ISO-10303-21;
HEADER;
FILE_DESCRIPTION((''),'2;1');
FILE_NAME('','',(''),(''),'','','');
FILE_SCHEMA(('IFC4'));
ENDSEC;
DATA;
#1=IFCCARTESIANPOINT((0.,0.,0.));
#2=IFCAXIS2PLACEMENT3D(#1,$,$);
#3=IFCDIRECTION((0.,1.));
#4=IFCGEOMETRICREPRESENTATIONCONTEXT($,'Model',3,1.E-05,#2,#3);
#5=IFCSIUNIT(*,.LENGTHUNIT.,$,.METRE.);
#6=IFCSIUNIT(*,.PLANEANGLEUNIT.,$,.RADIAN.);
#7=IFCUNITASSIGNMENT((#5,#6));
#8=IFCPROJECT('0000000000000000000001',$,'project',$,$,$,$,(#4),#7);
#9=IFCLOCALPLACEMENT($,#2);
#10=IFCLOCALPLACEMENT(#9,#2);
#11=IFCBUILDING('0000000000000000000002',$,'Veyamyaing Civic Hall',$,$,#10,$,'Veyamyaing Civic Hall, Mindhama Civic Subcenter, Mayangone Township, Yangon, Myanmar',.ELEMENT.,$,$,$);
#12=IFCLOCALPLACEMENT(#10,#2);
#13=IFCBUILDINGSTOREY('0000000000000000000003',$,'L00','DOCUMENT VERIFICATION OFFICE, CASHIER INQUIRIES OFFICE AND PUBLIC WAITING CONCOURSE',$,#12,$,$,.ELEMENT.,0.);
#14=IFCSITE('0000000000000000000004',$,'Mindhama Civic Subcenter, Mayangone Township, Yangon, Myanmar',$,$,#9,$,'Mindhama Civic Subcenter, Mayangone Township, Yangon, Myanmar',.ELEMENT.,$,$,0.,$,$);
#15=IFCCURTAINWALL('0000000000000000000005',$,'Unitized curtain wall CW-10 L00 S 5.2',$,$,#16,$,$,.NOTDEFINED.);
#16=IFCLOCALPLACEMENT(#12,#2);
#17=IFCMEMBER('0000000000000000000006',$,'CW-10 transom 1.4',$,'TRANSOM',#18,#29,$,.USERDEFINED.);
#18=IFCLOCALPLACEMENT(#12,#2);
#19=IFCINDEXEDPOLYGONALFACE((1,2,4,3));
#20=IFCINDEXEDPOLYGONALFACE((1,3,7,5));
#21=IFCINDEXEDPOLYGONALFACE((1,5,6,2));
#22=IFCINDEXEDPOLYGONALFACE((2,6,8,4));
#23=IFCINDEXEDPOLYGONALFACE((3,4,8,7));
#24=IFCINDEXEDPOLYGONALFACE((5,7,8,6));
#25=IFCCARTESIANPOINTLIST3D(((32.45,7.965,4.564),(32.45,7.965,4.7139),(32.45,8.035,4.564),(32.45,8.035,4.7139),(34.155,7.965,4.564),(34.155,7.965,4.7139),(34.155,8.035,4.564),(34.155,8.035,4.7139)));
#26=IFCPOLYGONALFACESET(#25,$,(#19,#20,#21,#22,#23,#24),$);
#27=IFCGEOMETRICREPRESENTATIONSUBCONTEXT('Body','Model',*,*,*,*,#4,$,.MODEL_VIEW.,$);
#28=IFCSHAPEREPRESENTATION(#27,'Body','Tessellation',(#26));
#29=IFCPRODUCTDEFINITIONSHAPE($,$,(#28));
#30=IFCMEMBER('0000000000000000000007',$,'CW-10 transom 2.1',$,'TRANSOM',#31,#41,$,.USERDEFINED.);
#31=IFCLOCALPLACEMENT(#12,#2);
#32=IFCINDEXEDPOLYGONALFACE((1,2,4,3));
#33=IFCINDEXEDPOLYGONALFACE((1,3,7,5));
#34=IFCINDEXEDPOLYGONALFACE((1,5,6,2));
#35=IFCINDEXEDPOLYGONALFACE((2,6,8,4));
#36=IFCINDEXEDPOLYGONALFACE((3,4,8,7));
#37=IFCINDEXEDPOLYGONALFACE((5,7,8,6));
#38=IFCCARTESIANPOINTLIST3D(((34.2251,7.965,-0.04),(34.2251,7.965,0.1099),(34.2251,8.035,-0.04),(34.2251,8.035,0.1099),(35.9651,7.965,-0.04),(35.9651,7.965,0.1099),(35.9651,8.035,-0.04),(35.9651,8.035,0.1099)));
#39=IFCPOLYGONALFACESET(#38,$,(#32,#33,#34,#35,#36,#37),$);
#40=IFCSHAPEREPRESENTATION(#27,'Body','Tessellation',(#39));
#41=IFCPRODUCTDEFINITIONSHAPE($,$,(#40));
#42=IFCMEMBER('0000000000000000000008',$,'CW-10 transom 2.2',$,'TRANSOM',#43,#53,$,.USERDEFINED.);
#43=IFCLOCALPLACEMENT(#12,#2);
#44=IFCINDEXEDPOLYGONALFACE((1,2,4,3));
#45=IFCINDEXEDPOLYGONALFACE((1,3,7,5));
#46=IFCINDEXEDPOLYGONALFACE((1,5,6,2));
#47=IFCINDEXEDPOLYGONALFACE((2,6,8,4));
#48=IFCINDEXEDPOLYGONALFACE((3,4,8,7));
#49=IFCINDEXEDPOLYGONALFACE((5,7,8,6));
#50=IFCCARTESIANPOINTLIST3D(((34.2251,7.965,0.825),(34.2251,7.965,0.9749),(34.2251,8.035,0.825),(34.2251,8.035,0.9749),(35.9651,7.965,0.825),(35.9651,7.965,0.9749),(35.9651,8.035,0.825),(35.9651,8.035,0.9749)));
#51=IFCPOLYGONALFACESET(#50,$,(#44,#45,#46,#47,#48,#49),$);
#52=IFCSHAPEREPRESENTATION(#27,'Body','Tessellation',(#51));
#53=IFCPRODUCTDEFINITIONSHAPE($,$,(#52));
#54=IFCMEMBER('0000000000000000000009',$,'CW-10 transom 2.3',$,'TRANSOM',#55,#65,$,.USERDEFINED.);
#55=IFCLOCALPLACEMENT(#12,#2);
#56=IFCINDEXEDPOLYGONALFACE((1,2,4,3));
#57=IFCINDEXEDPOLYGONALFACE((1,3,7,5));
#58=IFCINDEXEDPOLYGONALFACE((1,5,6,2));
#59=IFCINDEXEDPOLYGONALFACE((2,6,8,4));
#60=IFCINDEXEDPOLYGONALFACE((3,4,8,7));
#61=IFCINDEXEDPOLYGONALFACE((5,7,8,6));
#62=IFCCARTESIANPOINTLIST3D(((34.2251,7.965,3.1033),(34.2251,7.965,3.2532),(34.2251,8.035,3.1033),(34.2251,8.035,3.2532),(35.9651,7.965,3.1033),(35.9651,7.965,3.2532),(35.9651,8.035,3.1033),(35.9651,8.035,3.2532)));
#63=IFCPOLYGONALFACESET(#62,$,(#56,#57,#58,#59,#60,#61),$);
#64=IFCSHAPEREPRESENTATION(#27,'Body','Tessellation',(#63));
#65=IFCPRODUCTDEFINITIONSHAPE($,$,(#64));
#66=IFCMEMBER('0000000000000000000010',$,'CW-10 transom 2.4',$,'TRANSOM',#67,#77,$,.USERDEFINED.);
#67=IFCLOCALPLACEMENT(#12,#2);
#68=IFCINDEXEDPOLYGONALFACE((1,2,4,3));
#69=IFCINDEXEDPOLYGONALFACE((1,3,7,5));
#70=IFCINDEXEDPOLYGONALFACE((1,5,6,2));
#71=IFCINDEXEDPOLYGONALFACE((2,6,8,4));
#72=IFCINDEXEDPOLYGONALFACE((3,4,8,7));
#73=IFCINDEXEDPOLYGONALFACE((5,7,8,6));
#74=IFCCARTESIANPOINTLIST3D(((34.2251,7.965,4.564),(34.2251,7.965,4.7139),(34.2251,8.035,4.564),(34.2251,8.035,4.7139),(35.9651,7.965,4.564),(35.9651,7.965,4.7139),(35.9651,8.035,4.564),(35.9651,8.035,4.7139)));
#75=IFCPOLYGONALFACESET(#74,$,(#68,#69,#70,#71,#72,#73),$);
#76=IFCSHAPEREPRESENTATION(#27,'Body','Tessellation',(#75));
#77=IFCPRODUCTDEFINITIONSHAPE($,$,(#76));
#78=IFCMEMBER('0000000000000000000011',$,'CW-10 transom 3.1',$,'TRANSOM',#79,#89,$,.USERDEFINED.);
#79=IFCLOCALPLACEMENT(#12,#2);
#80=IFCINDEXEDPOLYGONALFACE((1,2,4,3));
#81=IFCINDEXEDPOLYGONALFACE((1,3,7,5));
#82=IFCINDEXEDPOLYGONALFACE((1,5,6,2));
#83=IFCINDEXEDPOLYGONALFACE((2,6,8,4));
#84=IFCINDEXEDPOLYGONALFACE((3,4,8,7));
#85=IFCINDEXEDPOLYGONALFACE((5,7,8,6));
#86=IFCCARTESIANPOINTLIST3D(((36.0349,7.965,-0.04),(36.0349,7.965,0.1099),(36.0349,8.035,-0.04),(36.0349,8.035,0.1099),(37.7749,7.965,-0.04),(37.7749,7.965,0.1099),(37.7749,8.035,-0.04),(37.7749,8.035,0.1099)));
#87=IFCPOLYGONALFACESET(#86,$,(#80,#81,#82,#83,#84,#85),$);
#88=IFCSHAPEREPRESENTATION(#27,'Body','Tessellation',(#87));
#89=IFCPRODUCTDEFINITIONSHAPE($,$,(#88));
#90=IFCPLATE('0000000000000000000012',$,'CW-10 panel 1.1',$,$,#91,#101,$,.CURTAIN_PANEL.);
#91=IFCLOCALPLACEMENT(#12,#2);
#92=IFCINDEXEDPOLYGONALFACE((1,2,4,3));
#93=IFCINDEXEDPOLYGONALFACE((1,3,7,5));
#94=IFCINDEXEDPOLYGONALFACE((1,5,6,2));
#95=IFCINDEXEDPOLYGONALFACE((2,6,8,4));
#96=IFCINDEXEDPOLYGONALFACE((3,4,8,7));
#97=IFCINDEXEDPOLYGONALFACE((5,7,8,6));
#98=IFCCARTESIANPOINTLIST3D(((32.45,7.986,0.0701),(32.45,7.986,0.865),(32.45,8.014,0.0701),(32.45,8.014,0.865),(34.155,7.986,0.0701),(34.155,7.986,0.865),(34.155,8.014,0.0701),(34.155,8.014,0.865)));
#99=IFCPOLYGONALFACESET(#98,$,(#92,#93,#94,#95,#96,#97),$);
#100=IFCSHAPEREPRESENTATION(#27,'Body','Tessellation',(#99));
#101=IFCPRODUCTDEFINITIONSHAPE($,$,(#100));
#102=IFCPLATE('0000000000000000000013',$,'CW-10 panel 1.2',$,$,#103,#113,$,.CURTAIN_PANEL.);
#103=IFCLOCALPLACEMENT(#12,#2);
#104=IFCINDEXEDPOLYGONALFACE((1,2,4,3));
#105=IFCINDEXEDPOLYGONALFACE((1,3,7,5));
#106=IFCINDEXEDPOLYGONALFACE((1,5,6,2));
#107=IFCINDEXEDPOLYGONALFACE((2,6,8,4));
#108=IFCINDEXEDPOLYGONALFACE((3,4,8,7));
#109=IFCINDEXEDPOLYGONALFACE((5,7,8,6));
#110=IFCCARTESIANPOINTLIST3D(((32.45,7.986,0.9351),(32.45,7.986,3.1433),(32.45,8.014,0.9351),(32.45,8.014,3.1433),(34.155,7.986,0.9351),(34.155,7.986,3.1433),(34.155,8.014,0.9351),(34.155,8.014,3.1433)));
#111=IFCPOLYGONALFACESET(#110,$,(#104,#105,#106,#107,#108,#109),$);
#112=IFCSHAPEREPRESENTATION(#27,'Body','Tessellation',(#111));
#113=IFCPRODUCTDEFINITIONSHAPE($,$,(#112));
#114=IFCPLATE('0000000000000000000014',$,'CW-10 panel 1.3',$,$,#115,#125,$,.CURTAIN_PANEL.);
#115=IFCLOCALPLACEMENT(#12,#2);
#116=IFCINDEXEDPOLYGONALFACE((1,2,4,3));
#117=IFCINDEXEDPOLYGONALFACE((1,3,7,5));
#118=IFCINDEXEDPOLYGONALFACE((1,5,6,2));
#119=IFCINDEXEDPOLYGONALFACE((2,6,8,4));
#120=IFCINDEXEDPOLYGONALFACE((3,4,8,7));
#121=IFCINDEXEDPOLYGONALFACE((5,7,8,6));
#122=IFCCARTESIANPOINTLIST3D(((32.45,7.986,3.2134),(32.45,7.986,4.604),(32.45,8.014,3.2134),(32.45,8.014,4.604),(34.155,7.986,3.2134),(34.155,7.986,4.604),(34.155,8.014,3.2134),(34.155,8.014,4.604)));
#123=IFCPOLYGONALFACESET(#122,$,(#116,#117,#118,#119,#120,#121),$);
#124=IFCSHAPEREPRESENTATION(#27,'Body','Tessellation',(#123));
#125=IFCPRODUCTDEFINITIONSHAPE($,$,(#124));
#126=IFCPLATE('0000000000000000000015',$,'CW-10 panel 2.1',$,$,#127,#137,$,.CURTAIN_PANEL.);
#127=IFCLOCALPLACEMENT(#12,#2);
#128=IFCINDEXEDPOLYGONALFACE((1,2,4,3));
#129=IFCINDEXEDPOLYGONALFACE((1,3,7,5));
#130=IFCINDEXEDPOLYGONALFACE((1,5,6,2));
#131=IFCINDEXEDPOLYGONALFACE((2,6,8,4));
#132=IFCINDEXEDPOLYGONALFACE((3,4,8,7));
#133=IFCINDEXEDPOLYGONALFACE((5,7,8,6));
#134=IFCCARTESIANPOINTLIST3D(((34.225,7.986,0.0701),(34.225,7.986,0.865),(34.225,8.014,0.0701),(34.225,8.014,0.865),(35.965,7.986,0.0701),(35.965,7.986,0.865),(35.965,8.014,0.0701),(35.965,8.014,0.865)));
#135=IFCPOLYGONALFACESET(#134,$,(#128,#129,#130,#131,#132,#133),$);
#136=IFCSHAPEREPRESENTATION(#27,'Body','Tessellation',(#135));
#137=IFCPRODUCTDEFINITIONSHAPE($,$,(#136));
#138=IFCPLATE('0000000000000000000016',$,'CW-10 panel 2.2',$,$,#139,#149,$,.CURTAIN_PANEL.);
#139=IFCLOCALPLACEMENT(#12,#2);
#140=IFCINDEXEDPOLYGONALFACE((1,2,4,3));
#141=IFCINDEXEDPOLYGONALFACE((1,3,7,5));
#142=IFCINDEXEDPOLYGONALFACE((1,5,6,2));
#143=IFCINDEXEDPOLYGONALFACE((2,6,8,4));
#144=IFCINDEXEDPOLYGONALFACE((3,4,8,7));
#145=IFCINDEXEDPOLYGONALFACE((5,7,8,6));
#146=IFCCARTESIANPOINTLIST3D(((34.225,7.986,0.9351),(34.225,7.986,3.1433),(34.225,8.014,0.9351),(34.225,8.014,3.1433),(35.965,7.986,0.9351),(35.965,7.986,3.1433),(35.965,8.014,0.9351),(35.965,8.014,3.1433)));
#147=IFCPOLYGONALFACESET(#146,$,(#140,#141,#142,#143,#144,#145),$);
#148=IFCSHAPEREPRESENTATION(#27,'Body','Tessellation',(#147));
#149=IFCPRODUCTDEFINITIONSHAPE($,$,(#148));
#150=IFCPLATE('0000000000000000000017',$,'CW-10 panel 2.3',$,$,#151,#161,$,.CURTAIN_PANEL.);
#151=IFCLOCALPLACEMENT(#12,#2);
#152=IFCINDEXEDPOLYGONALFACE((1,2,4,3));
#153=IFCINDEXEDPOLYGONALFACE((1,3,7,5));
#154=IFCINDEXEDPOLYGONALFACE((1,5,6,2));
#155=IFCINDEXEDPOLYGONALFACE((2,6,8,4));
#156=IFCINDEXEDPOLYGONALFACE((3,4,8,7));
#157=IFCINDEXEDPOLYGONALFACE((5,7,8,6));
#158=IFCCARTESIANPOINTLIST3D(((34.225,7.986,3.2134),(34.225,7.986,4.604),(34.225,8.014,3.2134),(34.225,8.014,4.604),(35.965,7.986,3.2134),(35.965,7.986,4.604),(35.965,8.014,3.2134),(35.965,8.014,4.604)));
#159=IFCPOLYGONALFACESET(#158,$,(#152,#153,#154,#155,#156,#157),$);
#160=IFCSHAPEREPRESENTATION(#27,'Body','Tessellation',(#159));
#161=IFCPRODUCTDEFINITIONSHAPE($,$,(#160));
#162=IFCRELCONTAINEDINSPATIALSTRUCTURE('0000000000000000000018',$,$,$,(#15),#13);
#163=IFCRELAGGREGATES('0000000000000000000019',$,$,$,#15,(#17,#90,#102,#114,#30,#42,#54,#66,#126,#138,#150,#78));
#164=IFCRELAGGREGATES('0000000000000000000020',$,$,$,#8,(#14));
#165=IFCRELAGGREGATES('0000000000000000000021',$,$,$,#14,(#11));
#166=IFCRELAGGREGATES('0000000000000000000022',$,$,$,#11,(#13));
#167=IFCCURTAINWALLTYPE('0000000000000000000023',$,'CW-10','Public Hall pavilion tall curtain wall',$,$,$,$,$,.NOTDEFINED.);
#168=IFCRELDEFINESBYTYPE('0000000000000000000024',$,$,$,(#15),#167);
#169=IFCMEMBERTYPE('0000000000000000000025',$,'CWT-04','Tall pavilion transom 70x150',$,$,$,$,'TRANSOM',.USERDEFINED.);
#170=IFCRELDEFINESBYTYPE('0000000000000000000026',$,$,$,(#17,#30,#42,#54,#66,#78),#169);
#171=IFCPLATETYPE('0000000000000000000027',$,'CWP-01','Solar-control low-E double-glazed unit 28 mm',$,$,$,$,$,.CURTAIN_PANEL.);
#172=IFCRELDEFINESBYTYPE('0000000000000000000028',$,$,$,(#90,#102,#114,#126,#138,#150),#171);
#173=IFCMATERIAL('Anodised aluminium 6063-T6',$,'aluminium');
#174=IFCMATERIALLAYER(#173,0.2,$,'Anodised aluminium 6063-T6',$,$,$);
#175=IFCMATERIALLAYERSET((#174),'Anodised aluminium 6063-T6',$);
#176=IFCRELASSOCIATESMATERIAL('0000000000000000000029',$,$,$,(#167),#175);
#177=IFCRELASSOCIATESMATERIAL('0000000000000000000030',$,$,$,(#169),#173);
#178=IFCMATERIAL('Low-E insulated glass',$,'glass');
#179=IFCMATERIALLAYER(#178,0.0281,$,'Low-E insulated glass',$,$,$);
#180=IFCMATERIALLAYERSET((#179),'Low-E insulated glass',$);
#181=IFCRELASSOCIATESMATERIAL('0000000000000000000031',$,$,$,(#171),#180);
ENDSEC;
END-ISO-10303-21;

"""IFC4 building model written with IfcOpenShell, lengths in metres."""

from ifc_helpers import new_model, si_unit, direction, frame, origin, origin_2d, place, context, subcontext, project, spatial, rectangle, extrude, material, layer, layer_set, material_profile, profile_set, type_object, element, aggregate, save


model = new_model("IFC4")

# Units and contexts
model_context = context("Model", 3, precision=1e-05, world=origin(), true_north=direction((0.0, 1.0)))
body_context = subcontext(model_context, "Body", "Model", "MODEL_VIEW")
ifc_project = project(units=[si_unit("LENGTHUNIT", "METRE"), si_unit("PLANEANGLEUNIT", "RADIAN")], contexts=[model_context])

# Site, building, storey
site_placement = place(None, origin())
site = spatial("IfcSite", under=ifc_project, at=site_placement, Name="Mindhama Civic Subcenter, Mayangone Township, Yangon, Myanmar", LongName="Mindhama Civic Subcenter, Mayangone Township, Yangon, Myanmar", CompositionType="ELEMENT", RefElevation=0.0)
building_placement = place(site_placement, origin())
building = spatial("IfcBuilding", under=site, at=building_placement, Name="Veyamyaing Civic Hall", LongName="Veyamyaing Civic Hall, Mindhama Civic Subcenter, Mayangone Township, Yangon, Myanmar", CompositionType="ELEMENT")
storey_placement = place(building_placement, origin())
storey = spatial("IfcBuildingStorey", under=building, at=storey_placement, Name="L00", Description="DOCUMENT VERIFICATION OFFICE, CASHIER INQUIRIES OFFICE AND PUBLIC WAITING CONCOURSE", CompositionType="ELEMENT", Elevation=0.0)

# Curtain wall, members, plates
ifc_material_1 = material(Name="Anodised aluminium 6063-T6", Category="aluminium")
ifc_layer_1 = layer(ifc_material_1, 0.2, Name="Anodised aluminium 6063-T6")
ifc_layer_set_1 = layer_set([ifc_layer_1], Name="Anodised aluminium 6063-T6")
curtain_wall_type = type_object("IfcCurtainWallType", Name="CW-10", Description="Public Hall pavilion tall curtain wall", PredefinedType="NOTDEFINED", material=ifc_layer_set_1)
curtain_wall_placement = place(storey_placement, origin())
curtain_wall = element("IfcCurtainWall", 1, at=curtain_wall_placement, inside=storey, type_object=curtain_wall_type, Name="Unitized curtain wall CW-10 L00 S 5.2", PredefinedType="NOTDEFINED")
ifc_material_profile_1 = material_profile(ifc_material_1, rectangle(XDim=0.0701, YDim=0.1499, at=origin_2d()), Name="ALU-TRN-70X150")
ifc_profile_set_1 = profile_set([ifc_material_profile_1], Name="Anodised aluminium 6063-T6")
member_type_1 = type_object("IfcMemberType", Name="CWT-04", Description="Tall pavilion transom 70x150", ElementType="TRANSOM", PredefinedType="USERDEFINED", material=ifc_profile_set_1)
member_1_placement = place(storey_placement, frame((32.45, 8.0, 4.6389), z_axis=(1.0, 0.0, 0.0), x_axis=(0.0, 1.0, 0.0)))
member_1 = element("IfcMember", 2, at=member_1_placement, type_object=member_type_1, Name="CW-10 transom 1.4", ObjectType="TRANSOM", PredefinedType="USERDEFINED", context=body_context, shape_type="SweptSolid", body=[
    extrude(rectangle(XDim=0.0701, YDim=0.1499, at=origin_2d()), origin(), (0.0, 0.0, 1.0), 1.7051),
])
member_2_placement = place(storey_placement, frame((34.2251, 8.0, 0.0349), z_axis=(1.0, 0.0, 0.0), x_axis=(0.0, 1.0, 0.0)))
member_2 = element("IfcMember", 3, at=member_2_placement, type_object=member_type_1, Name="CW-10 transom 2.1", ObjectType="TRANSOM", PredefinedType="USERDEFINED", context=body_context, shape_type="SweptSolid", body=[
    extrude(rectangle(XDim=0.0701, YDim=0.1499, at=origin_2d()), origin(), (0.0, 0.0, 1.0), 1.74),
])
member_3_placement = place(storey_placement, frame((34.2251, 8.0, 0.8999), z_axis=(1.0, 0.0, 0.0), x_axis=(0.0, 1.0, 0.0)))
member_3 = element("IfcMember", 4, at=member_3_placement, type_object=member_type_1, Name="CW-10 transom 2.2", ObjectType="TRANSOM", PredefinedType="USERDEFINED", context=body_context, shape_type="SweptSolid", body=[
    extrude(rectangle(XDim=0.0701, YDim=0.1499, at=origin_2d()), origin(), (0.0, 0.0, 1.0), 1.74),
])
member_4_placement = place(storey_placement, frame((34.2251, 8.0, 3.1782), z_axis=(1.0, 0.0, 0.0), x_axis=(0.0, 1.0, 0.0)))
member_4 = element("IfcMember", 5, at=member_4_placement, type_object=member_type_1, Name="CW-10 transom 2.3", ObjectType="TRANSOM", PredefinedType="USERDEFINED", context=body_context, shape_type="SweptSolid", body=[
    extrude(rectangle(XDim=0.0701, YDim=0.1499, at=origin_2d()), origin(), (0.0, 0.0, 1.0), 1.74),
])
member_5_placement = place(storey_placement, frame((34.2251, 8.0, 4.6389), z_axis=(1.0, 0.0, 0.0), x_axis=(0.0, 1.0, 0.0)))
member_5 = element("IfcMember", 6, at=member_5_placement, type_object=member_type_1, Name="CW-10 transom 2.4", ObjectType="TRANSOM", PredefinedType="USERDEFINED", context=body_context, shape_type="SweptSolid", body=[
    extrude(rectangle(XDim=0.0701, YDim=0.1499, at=origin_2d()), origin(), (0.0, 0.0, 1.0), 1.74),
])
member_6_placement = place(storey_placement, frame((36.0349, 8.0, 0.0349), z_axis=(1.0, 0.0, 0.0), x_axis=(0.0, 1.0, 0.0)))
member_6 = element("IfcMember", 7, at=member_6_placement, type_object=member_type_1, Name="CW-10 transom 3.1", ObjectType="TRANSOM", PredefinedType="USERDEFINED", context=body_context, shape_type="SweptSolid", body=[
    extrude(rectangle(XDim=0.0701, YDim=0.1499, at=origin_2d()), origin(), (0.0, 0.0, 1.0), 1.74),
])
ifc_material_2 = material(Name="Low-E insulated glass", Category="glass")
ifc_layer_2 = layer(ifc_material_2, 0.0281, Name="Low-E insulated glass")
ifc_layer_set_2 = layer_set([ifc_layer_2], Name="Low-E insulated glass")
plate_type = type_object("IfcPlateType", Name="CWP-01", Description="Solar-control low-E double-glazed unit 28 mm", PredefinedType="CURTAIN_PANEL", material=ifc_layer_set_2)
plate_1_placement = place(storey_placement, frame((33.3025, 8.0, 0.0701), z_axis=(0.0, 0.0, 1.0), x_axis=(1.0, 0.0, 0.0)))
plate_1 = element("IfcPlate", 8, at=plate_1_placement, type_object=plate_type, Name="CW-10 panel 1.1", PredefinedType="CURTAIN_PANEL", context=body_context, shape_type="SweptSolid", body=[
    extrude(rectangle(XDim=1.7051, YDim=0.0281, at=origin_2d()), origin(), (0.0, 0.0, 1.0), 0.7949),
])
plate_2_placement = place(storey_placement, frame((33.3025, 8.0, 0.9351), z_axis=(0.0, 0.0, 1.0), x_axis=(1.0, 0.0, 0.0)))
plate_2 = element("IfcPlate", 9, at=plate_2_placement, type_object=plate_type, Name="CW-10 panel 1.2", PredefinedType="CURTAIN_PANEL", context=body_context, shape_type="SweptSolid", body=[
    extrude(rectangle(XDim=1.7051, YDim=0.0281, at=origin_2d()), origin(), (0.0, 0.0, 1.0), 2.2083),
])
plate_3_placement = place(storey_placement, frame((33.3025, 8.0, 3.2134), z_axis=(0.0, 0.0, 1.0), x_axis=(1.0, 0.0, 0.0)))
plate_3 = element("IfcPlate", 10, at=plate_3_placement, type_object=plate_type, Name="CW-10 panel 1.3", PredefinedType="CURTAIN_PANEL", context=body_context, shape_type="SweptSolid", body=[
    extrude(rectangle(XDim=1.7051, YDim=0.0281, at=origin_2d()), origin(), (0.0, 0.0, 1.0), 1.3906),
])
plate_4_placement = place(storey_placement, frame((35.095, 8.0, 0.0701), z_axis=(0.0, 0.0, 1.0), x_axis=(1.0, 0.0, 0.0)))
plate_4 = element("IfcPlate", 11, at=plate_4_placement, type_object=plate_type, Name="CW-10 panel 2.1", PredefinedType="CURTAIN_PANEL", context=body_context, shape_type="SweptSolid", body=[
    extrude(rectangle(XDim=1.74, YDim=0.0281, at=origin_2d()), origin(), (0.0, 0.0, 1.0), 0.7949),
])
plate_5_placement = place(storey_placement, frame((35.095, 8.0, 0.9351), z_axis=(0.0, 0.0, 1.0), x_axis=(1.0, 0.0, 0.0)))
plate_5 = element("IfcPlate", 12, at=plate_5_placement, type_object=plate_type, Name="CW-10 panel 2.2", PredefinedType="CURTAIN_PANEL", context=body_context, shape_type="SweptSolid", body=[
    extrude(rectangle(XDim=1.74, YDim=0.0281, at=origin_2d()), origin(), (0.0, 0.0, 1.0), 2.2083),
])
plate_6_placement = place(storey_placement, frame((35.095, 8.0, 3.2134), z_axis=(0.0, 0.0, 1.0), x_axis=(1.0, 0.0, 0.0)))
plate_6 = element("IfcPlate", 13, at=plate_6_placement, type_object=plate_type, Name="CW-10 panel 2.3", PredefinedType="CURTAIN_PANEL", context=body_context, shape_type="SweptSolid", body=[
    extrude(rectangle(XDim=1.74, YDim=0.0281, at=origin_2d()), origin(), (0.0, 0.0, 1.0), 1.3906),
])
aggregate(curtain_wall, [member_1, plate_1, plate_2, plate_3, member_2, member_3, member_4, member_5, plate_4, plate_5, plate_6, member_6])

save(model, "model.ifc")
